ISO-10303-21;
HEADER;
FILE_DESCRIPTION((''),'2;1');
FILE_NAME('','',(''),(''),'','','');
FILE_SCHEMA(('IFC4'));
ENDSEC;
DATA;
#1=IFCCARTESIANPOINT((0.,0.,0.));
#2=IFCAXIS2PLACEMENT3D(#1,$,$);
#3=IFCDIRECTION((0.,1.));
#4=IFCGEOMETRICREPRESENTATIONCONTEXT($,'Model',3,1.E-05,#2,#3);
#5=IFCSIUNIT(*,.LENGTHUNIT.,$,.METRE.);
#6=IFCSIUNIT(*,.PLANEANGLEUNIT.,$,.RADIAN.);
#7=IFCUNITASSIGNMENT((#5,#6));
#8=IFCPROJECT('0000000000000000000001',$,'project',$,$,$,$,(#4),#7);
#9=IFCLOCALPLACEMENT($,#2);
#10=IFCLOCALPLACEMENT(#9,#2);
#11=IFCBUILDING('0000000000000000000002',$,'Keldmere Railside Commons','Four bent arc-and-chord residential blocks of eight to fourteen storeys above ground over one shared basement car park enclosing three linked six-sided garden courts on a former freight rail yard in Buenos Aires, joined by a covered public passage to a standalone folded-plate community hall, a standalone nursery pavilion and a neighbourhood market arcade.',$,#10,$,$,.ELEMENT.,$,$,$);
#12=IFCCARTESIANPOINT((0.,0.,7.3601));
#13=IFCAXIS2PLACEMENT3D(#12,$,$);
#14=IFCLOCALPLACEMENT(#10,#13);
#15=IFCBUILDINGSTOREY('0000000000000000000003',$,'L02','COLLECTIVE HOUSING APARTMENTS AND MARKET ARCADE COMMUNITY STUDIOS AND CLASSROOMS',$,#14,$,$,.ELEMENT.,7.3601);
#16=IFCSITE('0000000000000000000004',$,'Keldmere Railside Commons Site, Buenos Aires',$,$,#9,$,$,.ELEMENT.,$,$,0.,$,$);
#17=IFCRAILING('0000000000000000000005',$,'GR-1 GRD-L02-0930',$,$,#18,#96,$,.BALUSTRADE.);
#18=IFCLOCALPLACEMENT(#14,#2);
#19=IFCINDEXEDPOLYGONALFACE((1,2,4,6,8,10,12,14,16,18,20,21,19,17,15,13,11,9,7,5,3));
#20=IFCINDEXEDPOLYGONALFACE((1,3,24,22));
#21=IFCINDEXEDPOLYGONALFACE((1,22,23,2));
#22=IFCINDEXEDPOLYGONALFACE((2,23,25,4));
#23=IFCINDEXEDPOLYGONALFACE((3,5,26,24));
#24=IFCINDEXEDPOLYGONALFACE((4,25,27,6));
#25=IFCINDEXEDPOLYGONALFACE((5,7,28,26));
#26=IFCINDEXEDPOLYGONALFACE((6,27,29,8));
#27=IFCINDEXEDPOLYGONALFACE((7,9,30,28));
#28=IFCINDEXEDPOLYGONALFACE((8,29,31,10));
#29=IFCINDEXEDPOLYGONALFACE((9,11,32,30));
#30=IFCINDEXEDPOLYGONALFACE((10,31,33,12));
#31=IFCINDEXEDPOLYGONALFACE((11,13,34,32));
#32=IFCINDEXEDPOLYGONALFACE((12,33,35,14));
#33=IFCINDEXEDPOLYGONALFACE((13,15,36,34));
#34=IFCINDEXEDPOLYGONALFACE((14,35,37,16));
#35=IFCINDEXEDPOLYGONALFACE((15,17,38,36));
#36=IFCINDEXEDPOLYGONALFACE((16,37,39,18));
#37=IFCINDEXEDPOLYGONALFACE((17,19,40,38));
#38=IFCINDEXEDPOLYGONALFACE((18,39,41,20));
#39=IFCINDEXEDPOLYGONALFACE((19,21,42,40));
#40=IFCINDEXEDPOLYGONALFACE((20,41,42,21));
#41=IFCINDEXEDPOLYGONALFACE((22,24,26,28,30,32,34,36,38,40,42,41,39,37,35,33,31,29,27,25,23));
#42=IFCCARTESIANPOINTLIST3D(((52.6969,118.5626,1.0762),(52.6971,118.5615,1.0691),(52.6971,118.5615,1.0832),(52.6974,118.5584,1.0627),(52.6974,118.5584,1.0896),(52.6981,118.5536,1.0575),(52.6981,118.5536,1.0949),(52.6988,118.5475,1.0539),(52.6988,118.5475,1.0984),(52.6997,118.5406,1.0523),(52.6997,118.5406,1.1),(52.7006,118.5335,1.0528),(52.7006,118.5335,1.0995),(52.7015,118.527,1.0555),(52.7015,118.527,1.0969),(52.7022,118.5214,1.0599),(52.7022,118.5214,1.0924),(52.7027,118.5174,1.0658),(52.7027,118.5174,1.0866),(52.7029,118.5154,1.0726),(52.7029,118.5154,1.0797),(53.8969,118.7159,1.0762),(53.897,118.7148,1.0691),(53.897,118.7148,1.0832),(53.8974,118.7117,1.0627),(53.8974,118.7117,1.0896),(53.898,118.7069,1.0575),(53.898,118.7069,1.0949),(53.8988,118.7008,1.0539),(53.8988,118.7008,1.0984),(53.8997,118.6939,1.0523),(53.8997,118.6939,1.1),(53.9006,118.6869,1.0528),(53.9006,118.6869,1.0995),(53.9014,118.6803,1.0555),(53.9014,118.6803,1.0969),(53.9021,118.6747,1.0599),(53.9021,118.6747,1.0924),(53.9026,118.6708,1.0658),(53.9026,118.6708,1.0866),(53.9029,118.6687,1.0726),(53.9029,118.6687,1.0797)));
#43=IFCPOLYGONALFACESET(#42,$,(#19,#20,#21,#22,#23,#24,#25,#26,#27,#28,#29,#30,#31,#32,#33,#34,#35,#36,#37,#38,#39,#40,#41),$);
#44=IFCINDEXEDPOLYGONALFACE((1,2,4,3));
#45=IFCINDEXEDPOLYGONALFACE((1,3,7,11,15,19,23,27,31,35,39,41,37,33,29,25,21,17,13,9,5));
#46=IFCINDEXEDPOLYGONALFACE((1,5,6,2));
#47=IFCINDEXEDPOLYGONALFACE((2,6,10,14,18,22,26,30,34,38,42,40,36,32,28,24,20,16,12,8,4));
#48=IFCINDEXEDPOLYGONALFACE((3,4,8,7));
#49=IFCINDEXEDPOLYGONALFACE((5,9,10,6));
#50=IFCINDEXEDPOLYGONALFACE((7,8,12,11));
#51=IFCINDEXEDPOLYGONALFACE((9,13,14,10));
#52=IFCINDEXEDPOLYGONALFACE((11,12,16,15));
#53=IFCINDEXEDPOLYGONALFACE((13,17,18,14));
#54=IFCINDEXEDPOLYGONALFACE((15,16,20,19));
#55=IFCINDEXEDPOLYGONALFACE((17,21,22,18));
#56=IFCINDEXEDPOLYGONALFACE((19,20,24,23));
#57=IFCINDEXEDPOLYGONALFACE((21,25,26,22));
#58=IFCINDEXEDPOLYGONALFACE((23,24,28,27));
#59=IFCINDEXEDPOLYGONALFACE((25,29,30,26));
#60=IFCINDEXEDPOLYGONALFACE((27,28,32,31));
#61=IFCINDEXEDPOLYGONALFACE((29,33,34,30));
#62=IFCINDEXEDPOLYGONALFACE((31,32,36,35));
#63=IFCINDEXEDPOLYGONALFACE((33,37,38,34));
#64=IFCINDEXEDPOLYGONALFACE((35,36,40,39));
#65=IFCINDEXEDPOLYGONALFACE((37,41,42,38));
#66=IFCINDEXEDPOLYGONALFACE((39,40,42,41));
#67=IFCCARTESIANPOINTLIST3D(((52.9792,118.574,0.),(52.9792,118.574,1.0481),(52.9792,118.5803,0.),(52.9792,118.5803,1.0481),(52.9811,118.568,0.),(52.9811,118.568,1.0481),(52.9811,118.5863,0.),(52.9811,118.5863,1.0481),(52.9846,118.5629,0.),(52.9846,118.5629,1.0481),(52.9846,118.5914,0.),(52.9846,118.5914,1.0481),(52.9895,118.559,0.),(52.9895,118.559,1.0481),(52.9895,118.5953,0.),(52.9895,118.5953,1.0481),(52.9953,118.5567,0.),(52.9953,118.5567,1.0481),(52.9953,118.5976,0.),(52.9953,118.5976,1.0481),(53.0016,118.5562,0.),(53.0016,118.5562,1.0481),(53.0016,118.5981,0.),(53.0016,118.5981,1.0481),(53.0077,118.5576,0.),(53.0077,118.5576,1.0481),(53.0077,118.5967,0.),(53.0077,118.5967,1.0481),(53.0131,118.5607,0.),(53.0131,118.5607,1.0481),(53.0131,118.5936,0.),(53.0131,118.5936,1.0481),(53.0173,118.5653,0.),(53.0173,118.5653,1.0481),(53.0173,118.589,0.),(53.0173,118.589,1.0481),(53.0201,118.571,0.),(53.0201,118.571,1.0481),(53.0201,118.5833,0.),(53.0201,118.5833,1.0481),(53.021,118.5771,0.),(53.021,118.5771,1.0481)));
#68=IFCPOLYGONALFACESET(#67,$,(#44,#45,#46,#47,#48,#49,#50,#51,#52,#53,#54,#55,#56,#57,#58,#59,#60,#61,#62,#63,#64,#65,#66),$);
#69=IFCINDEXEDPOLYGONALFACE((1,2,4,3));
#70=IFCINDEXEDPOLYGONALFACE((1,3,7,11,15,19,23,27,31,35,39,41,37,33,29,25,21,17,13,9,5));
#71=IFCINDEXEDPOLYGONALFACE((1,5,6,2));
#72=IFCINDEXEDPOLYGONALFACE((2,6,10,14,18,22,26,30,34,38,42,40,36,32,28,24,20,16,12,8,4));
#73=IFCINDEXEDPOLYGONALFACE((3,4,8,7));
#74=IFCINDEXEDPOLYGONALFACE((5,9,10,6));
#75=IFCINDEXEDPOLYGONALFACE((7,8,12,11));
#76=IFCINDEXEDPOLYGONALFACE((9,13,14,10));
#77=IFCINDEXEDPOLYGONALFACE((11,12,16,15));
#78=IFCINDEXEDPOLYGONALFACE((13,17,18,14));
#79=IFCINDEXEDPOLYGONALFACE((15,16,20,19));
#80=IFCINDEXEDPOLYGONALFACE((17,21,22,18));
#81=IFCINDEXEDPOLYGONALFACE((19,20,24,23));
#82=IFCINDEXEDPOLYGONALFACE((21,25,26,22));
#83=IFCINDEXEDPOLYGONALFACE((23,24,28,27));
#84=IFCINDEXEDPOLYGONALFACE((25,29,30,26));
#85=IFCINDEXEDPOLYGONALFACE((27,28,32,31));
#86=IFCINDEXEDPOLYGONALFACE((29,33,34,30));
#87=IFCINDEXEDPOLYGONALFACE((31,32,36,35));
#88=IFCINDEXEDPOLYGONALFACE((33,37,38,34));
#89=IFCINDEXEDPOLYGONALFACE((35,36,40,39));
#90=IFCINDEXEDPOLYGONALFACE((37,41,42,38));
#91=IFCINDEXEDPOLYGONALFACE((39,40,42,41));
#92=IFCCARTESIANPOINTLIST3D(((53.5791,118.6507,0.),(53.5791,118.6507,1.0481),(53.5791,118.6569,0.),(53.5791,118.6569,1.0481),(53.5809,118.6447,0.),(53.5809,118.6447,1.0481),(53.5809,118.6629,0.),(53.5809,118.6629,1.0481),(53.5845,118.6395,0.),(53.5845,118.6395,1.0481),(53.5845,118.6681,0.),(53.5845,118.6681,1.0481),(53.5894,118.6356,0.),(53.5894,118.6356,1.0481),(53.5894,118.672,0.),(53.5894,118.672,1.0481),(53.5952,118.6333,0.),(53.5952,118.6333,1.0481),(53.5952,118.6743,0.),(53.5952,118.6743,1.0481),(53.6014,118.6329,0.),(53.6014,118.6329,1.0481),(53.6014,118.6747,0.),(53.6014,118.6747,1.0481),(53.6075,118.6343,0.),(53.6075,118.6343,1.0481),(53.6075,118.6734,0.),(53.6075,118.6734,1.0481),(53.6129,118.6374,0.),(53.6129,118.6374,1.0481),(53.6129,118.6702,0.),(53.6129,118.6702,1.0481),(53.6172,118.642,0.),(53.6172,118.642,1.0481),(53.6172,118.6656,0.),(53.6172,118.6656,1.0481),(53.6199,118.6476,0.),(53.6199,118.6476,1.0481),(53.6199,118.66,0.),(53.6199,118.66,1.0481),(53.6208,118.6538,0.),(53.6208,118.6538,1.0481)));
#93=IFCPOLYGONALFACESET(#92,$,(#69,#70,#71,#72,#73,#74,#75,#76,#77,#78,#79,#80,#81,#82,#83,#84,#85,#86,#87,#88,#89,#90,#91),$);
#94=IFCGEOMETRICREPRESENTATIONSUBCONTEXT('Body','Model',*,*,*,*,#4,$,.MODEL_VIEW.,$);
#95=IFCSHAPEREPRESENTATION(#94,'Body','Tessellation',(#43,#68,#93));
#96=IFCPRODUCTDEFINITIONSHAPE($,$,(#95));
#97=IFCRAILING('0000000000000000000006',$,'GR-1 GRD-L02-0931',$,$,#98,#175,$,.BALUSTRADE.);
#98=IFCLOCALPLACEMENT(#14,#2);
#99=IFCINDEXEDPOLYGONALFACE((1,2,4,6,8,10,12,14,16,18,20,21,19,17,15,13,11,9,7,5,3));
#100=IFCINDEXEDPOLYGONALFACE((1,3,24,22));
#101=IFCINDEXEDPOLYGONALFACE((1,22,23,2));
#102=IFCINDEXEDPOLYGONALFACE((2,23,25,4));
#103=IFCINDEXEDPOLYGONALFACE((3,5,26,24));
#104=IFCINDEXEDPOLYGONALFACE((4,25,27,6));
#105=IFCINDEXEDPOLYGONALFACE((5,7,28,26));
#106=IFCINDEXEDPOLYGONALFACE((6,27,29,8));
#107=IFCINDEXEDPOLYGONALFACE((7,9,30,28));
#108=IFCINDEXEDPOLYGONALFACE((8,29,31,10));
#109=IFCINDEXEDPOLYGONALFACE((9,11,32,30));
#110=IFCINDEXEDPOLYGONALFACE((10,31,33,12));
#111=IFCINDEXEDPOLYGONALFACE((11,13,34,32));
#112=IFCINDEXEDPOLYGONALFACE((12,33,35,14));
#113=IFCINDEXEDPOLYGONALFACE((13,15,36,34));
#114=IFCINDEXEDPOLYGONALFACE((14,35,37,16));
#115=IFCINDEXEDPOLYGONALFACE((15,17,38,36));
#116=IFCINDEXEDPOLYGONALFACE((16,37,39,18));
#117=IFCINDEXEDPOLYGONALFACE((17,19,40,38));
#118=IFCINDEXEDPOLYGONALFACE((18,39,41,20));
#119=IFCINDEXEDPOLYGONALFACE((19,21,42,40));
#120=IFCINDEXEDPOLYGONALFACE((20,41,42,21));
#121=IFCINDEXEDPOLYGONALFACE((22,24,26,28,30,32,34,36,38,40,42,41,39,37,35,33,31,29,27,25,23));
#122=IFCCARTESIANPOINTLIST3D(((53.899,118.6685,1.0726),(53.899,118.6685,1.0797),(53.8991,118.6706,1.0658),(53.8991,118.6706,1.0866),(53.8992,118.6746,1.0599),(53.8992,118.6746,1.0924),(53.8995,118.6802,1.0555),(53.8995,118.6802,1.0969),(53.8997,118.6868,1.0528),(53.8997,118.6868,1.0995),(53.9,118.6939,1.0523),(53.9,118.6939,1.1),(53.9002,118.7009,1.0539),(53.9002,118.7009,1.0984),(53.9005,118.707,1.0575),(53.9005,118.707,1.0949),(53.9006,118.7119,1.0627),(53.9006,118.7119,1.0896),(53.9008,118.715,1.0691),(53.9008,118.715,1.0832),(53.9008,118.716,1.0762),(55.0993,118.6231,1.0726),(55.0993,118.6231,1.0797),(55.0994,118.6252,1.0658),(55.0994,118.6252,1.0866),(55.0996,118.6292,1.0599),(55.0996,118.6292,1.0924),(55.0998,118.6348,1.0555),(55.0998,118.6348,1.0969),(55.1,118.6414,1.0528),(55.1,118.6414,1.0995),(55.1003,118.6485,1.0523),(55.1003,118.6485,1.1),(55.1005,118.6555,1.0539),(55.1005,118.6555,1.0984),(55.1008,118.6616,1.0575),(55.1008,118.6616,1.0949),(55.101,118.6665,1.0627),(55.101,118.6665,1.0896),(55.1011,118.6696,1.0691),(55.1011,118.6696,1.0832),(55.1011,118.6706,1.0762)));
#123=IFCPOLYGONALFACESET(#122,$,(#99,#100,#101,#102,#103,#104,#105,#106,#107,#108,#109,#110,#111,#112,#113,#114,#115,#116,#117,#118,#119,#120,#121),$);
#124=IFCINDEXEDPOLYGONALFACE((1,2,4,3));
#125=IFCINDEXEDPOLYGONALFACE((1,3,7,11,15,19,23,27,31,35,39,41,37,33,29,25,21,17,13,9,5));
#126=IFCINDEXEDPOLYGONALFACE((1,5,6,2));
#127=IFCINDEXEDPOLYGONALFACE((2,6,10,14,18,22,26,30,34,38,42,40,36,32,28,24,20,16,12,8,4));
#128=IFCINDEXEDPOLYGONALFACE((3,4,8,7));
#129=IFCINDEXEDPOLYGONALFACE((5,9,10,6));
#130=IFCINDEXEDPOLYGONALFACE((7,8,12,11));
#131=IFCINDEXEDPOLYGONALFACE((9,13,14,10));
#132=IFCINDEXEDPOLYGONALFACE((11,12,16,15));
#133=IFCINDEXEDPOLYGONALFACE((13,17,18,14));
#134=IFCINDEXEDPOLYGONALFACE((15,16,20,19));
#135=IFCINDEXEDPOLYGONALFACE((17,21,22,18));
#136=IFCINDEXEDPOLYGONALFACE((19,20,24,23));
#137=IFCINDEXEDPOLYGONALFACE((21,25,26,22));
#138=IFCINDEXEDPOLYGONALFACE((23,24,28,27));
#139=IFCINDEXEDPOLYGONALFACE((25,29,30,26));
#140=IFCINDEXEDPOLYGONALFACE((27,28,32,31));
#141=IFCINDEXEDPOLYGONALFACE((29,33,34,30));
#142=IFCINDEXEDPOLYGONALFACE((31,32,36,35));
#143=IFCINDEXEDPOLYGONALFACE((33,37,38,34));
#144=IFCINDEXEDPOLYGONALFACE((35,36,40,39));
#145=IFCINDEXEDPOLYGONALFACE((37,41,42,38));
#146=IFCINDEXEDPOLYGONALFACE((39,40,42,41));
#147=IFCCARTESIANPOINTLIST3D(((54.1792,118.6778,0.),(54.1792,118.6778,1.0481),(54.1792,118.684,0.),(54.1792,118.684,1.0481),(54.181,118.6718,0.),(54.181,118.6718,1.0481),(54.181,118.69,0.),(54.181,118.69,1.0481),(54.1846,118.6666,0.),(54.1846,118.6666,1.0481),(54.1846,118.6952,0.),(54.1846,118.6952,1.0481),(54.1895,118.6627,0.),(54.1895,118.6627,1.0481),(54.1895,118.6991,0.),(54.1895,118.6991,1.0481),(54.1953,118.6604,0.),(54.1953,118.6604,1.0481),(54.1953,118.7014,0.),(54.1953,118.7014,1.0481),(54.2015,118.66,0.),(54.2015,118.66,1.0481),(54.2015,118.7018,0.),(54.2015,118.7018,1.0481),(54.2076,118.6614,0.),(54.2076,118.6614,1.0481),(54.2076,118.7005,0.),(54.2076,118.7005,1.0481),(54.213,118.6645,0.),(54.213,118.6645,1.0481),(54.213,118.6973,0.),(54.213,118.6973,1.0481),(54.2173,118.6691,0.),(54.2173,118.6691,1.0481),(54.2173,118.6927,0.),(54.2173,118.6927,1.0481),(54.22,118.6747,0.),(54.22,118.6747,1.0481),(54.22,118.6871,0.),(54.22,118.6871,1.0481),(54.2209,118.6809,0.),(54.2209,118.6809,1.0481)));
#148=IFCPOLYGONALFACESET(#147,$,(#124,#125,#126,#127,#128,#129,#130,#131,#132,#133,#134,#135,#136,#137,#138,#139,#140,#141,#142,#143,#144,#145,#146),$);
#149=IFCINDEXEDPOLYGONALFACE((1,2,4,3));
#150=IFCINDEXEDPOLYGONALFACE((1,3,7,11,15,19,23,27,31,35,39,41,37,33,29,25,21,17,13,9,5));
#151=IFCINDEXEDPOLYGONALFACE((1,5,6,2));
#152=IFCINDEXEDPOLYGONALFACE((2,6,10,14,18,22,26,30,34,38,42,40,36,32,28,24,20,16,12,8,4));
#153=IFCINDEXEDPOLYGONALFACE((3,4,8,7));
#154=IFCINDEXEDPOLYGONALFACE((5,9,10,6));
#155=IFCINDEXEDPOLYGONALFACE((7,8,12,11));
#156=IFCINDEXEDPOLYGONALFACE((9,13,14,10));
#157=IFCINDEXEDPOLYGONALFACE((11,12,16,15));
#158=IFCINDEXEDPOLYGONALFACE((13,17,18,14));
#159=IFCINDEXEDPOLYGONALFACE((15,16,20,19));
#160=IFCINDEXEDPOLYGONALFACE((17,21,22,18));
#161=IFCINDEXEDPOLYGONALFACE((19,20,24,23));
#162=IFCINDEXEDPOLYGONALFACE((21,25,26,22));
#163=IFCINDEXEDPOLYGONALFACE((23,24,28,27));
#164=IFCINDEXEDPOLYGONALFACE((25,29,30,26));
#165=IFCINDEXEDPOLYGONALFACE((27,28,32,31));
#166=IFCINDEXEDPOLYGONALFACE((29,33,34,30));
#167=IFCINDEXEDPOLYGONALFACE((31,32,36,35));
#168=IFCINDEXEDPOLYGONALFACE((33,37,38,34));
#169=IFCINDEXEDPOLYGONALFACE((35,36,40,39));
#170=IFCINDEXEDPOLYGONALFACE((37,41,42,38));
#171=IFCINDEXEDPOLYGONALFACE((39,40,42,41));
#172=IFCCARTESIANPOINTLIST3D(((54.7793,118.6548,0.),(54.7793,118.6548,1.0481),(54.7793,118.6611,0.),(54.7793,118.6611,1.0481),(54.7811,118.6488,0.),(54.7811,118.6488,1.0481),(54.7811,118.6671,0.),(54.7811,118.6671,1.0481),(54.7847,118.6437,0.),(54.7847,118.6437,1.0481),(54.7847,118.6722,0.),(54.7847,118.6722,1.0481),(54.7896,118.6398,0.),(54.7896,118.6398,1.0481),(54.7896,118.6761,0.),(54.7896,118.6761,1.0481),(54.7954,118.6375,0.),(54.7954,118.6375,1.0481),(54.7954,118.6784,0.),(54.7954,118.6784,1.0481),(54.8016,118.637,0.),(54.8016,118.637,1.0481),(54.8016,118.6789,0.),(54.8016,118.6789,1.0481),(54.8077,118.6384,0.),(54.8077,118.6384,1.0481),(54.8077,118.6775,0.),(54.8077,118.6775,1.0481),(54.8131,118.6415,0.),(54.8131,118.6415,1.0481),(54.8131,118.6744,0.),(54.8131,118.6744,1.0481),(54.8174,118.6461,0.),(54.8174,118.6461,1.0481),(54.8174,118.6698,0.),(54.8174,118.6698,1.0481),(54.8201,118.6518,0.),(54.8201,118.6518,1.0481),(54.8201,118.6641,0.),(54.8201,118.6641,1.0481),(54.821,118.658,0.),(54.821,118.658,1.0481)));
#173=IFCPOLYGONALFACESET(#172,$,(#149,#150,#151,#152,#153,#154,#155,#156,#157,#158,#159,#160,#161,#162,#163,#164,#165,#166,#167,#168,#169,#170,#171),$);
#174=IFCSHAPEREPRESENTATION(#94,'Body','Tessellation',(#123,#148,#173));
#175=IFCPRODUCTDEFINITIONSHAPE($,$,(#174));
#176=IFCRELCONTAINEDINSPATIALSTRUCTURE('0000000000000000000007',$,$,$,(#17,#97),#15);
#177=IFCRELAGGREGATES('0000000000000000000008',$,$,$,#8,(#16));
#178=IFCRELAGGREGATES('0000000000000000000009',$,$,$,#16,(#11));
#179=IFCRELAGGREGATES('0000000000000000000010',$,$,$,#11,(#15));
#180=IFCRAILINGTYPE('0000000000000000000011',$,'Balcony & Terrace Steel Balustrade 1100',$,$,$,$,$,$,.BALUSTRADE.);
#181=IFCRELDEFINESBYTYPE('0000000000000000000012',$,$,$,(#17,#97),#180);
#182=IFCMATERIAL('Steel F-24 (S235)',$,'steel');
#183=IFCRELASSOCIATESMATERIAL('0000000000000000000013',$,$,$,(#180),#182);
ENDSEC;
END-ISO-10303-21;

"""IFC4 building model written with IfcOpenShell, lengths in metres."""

from ifc_helpers import new_model, si_unit, direction, frame, origin, origin_2d, place, context, subcontext, project, spatial, circle, extrude, material, type_object, element, save


model = new_model("IFC4")

# Units and contexts
model_context = context("Model", 3, precision=1e-05, world=origin(), true_north=direction((0.0, 1.0)))
body_context = subcontext(model_context, "Body", "Model", "MODEL_VIEW")
ifc_project = project(units=[si_unit("LENGTHUNIT", "METRE"), si_unit("PLANEANGLEUNIT", "RADIAN")], contexts=[model_context])

# Site, building, storey
site_placement = place(None, origin())
site = spatial("IfcSite", under=ifc_project, at=site_placement, Name="Keldmere Railside Commons Site, Buenos Aires", CompositionType="ELEMENT", RefElevation=0.0)
building_placement = place(site_placement, origin())
building = spatial("IfcBuilding", under=site, at=building_placement, Name="Keldmere Railside Commons", Description="Four bent arc-and-chord residential blocks of eight to fourteen storeys above ground over one shared basement car park enclosing three linked six-sided garden courts on a former freight rail yard in Buenos Aires, joined by a covered public passage to a standalone folded-plate community hall, a standalone nursery pavilion and a neighbourhood market arcade.", CompositionType="ELEMENT")
storey_placement = place(building_placement, frame((0.0, 0.0, 7.3601)))
storey = spatial("IfcBuildingStorey", under=building, at=storey_placement, Name="L02", Description="COLLECTIVE HOUSING APARTMENTS AND MARKET ARCADE COMMUNITY STUDIOS AND CLASSROOMS", CompositionType="ELEMENT", Elevation=7.3601)

# Railings
ifc_material_1 = material(Name="Steel F-24 (S235)", Category="steel")
railing_type = type_object("IfcRailingType", Name="Balcony & Terrace Steel Balustrade 1100", PredefinedType="BALUSTRADE", material=ifc_material_1)
railing_1_placement = place(storey_placement, frame((52.7, 118.5388, 0.0)))
element("IfcRailing", 1, at=railing_1_placement, inside=storey, type_object=railing_type, Name="GR-1 GRD-L02-0930", PredefinedType="BALUSTRADE", context=body_context, shape_type="SweptSolid", body=[
    extrude(circle(Radius=0.0239, at=origin_2d()), frame((0.0, 0.0, 1.0762), z_axis=(0.991936, 0.126742, 0.0), x_axis=(-0.126742, 0.991936, 0.0)), (0.0, 0.0, 1.0), 1.2097),
    extrude(circle(Radius=0.021, at=origin_2d()), frame((0.3, 0.0383, 0.0)), (0.0, 0.0, 1.0), 1.0481),
    extrude(circle(Radius=0.021, at=origin_2d()), frame((0.8999, 0.115, 0.0)), (0.0, 0.0, 1.0), 1.0481),
])
railing_2_placement = place(storey_placement, frame((53.8999, 118.6921, 0.0)))
element("IfcRailing", 2, at=railing_2_placement, inside=storey, type_object=railing_type, Name="GR-1 GRD-L02-0931", PredefinedType="BALUSTRADE", context=body_context, shape_type="SweptSolid", body=[
    extrude(circle(Radius=0.0239, at=origin_2d()), frame((0.0, 0.0, 1.0762), z_axis=(0.999285, -0.037809, 0.0), x_axis=(0.037809, 0.999285, 0.0)), (0.0, 0.0, 1.0), 1.2012),
    extrude(circle(Radius=0.021, at=origin_2d()), frame((0.3, -0.0112, 0.0)), (0.0, 0.0, 1.0), 1.0481),
    extrude(circle(Radius=0.021, at=origin_2d()), frame((0.9001, -0.0342, 0.0)), (0.0, 0.0, 1.0), 1.0481),
])

save(model, "model.ifc")
